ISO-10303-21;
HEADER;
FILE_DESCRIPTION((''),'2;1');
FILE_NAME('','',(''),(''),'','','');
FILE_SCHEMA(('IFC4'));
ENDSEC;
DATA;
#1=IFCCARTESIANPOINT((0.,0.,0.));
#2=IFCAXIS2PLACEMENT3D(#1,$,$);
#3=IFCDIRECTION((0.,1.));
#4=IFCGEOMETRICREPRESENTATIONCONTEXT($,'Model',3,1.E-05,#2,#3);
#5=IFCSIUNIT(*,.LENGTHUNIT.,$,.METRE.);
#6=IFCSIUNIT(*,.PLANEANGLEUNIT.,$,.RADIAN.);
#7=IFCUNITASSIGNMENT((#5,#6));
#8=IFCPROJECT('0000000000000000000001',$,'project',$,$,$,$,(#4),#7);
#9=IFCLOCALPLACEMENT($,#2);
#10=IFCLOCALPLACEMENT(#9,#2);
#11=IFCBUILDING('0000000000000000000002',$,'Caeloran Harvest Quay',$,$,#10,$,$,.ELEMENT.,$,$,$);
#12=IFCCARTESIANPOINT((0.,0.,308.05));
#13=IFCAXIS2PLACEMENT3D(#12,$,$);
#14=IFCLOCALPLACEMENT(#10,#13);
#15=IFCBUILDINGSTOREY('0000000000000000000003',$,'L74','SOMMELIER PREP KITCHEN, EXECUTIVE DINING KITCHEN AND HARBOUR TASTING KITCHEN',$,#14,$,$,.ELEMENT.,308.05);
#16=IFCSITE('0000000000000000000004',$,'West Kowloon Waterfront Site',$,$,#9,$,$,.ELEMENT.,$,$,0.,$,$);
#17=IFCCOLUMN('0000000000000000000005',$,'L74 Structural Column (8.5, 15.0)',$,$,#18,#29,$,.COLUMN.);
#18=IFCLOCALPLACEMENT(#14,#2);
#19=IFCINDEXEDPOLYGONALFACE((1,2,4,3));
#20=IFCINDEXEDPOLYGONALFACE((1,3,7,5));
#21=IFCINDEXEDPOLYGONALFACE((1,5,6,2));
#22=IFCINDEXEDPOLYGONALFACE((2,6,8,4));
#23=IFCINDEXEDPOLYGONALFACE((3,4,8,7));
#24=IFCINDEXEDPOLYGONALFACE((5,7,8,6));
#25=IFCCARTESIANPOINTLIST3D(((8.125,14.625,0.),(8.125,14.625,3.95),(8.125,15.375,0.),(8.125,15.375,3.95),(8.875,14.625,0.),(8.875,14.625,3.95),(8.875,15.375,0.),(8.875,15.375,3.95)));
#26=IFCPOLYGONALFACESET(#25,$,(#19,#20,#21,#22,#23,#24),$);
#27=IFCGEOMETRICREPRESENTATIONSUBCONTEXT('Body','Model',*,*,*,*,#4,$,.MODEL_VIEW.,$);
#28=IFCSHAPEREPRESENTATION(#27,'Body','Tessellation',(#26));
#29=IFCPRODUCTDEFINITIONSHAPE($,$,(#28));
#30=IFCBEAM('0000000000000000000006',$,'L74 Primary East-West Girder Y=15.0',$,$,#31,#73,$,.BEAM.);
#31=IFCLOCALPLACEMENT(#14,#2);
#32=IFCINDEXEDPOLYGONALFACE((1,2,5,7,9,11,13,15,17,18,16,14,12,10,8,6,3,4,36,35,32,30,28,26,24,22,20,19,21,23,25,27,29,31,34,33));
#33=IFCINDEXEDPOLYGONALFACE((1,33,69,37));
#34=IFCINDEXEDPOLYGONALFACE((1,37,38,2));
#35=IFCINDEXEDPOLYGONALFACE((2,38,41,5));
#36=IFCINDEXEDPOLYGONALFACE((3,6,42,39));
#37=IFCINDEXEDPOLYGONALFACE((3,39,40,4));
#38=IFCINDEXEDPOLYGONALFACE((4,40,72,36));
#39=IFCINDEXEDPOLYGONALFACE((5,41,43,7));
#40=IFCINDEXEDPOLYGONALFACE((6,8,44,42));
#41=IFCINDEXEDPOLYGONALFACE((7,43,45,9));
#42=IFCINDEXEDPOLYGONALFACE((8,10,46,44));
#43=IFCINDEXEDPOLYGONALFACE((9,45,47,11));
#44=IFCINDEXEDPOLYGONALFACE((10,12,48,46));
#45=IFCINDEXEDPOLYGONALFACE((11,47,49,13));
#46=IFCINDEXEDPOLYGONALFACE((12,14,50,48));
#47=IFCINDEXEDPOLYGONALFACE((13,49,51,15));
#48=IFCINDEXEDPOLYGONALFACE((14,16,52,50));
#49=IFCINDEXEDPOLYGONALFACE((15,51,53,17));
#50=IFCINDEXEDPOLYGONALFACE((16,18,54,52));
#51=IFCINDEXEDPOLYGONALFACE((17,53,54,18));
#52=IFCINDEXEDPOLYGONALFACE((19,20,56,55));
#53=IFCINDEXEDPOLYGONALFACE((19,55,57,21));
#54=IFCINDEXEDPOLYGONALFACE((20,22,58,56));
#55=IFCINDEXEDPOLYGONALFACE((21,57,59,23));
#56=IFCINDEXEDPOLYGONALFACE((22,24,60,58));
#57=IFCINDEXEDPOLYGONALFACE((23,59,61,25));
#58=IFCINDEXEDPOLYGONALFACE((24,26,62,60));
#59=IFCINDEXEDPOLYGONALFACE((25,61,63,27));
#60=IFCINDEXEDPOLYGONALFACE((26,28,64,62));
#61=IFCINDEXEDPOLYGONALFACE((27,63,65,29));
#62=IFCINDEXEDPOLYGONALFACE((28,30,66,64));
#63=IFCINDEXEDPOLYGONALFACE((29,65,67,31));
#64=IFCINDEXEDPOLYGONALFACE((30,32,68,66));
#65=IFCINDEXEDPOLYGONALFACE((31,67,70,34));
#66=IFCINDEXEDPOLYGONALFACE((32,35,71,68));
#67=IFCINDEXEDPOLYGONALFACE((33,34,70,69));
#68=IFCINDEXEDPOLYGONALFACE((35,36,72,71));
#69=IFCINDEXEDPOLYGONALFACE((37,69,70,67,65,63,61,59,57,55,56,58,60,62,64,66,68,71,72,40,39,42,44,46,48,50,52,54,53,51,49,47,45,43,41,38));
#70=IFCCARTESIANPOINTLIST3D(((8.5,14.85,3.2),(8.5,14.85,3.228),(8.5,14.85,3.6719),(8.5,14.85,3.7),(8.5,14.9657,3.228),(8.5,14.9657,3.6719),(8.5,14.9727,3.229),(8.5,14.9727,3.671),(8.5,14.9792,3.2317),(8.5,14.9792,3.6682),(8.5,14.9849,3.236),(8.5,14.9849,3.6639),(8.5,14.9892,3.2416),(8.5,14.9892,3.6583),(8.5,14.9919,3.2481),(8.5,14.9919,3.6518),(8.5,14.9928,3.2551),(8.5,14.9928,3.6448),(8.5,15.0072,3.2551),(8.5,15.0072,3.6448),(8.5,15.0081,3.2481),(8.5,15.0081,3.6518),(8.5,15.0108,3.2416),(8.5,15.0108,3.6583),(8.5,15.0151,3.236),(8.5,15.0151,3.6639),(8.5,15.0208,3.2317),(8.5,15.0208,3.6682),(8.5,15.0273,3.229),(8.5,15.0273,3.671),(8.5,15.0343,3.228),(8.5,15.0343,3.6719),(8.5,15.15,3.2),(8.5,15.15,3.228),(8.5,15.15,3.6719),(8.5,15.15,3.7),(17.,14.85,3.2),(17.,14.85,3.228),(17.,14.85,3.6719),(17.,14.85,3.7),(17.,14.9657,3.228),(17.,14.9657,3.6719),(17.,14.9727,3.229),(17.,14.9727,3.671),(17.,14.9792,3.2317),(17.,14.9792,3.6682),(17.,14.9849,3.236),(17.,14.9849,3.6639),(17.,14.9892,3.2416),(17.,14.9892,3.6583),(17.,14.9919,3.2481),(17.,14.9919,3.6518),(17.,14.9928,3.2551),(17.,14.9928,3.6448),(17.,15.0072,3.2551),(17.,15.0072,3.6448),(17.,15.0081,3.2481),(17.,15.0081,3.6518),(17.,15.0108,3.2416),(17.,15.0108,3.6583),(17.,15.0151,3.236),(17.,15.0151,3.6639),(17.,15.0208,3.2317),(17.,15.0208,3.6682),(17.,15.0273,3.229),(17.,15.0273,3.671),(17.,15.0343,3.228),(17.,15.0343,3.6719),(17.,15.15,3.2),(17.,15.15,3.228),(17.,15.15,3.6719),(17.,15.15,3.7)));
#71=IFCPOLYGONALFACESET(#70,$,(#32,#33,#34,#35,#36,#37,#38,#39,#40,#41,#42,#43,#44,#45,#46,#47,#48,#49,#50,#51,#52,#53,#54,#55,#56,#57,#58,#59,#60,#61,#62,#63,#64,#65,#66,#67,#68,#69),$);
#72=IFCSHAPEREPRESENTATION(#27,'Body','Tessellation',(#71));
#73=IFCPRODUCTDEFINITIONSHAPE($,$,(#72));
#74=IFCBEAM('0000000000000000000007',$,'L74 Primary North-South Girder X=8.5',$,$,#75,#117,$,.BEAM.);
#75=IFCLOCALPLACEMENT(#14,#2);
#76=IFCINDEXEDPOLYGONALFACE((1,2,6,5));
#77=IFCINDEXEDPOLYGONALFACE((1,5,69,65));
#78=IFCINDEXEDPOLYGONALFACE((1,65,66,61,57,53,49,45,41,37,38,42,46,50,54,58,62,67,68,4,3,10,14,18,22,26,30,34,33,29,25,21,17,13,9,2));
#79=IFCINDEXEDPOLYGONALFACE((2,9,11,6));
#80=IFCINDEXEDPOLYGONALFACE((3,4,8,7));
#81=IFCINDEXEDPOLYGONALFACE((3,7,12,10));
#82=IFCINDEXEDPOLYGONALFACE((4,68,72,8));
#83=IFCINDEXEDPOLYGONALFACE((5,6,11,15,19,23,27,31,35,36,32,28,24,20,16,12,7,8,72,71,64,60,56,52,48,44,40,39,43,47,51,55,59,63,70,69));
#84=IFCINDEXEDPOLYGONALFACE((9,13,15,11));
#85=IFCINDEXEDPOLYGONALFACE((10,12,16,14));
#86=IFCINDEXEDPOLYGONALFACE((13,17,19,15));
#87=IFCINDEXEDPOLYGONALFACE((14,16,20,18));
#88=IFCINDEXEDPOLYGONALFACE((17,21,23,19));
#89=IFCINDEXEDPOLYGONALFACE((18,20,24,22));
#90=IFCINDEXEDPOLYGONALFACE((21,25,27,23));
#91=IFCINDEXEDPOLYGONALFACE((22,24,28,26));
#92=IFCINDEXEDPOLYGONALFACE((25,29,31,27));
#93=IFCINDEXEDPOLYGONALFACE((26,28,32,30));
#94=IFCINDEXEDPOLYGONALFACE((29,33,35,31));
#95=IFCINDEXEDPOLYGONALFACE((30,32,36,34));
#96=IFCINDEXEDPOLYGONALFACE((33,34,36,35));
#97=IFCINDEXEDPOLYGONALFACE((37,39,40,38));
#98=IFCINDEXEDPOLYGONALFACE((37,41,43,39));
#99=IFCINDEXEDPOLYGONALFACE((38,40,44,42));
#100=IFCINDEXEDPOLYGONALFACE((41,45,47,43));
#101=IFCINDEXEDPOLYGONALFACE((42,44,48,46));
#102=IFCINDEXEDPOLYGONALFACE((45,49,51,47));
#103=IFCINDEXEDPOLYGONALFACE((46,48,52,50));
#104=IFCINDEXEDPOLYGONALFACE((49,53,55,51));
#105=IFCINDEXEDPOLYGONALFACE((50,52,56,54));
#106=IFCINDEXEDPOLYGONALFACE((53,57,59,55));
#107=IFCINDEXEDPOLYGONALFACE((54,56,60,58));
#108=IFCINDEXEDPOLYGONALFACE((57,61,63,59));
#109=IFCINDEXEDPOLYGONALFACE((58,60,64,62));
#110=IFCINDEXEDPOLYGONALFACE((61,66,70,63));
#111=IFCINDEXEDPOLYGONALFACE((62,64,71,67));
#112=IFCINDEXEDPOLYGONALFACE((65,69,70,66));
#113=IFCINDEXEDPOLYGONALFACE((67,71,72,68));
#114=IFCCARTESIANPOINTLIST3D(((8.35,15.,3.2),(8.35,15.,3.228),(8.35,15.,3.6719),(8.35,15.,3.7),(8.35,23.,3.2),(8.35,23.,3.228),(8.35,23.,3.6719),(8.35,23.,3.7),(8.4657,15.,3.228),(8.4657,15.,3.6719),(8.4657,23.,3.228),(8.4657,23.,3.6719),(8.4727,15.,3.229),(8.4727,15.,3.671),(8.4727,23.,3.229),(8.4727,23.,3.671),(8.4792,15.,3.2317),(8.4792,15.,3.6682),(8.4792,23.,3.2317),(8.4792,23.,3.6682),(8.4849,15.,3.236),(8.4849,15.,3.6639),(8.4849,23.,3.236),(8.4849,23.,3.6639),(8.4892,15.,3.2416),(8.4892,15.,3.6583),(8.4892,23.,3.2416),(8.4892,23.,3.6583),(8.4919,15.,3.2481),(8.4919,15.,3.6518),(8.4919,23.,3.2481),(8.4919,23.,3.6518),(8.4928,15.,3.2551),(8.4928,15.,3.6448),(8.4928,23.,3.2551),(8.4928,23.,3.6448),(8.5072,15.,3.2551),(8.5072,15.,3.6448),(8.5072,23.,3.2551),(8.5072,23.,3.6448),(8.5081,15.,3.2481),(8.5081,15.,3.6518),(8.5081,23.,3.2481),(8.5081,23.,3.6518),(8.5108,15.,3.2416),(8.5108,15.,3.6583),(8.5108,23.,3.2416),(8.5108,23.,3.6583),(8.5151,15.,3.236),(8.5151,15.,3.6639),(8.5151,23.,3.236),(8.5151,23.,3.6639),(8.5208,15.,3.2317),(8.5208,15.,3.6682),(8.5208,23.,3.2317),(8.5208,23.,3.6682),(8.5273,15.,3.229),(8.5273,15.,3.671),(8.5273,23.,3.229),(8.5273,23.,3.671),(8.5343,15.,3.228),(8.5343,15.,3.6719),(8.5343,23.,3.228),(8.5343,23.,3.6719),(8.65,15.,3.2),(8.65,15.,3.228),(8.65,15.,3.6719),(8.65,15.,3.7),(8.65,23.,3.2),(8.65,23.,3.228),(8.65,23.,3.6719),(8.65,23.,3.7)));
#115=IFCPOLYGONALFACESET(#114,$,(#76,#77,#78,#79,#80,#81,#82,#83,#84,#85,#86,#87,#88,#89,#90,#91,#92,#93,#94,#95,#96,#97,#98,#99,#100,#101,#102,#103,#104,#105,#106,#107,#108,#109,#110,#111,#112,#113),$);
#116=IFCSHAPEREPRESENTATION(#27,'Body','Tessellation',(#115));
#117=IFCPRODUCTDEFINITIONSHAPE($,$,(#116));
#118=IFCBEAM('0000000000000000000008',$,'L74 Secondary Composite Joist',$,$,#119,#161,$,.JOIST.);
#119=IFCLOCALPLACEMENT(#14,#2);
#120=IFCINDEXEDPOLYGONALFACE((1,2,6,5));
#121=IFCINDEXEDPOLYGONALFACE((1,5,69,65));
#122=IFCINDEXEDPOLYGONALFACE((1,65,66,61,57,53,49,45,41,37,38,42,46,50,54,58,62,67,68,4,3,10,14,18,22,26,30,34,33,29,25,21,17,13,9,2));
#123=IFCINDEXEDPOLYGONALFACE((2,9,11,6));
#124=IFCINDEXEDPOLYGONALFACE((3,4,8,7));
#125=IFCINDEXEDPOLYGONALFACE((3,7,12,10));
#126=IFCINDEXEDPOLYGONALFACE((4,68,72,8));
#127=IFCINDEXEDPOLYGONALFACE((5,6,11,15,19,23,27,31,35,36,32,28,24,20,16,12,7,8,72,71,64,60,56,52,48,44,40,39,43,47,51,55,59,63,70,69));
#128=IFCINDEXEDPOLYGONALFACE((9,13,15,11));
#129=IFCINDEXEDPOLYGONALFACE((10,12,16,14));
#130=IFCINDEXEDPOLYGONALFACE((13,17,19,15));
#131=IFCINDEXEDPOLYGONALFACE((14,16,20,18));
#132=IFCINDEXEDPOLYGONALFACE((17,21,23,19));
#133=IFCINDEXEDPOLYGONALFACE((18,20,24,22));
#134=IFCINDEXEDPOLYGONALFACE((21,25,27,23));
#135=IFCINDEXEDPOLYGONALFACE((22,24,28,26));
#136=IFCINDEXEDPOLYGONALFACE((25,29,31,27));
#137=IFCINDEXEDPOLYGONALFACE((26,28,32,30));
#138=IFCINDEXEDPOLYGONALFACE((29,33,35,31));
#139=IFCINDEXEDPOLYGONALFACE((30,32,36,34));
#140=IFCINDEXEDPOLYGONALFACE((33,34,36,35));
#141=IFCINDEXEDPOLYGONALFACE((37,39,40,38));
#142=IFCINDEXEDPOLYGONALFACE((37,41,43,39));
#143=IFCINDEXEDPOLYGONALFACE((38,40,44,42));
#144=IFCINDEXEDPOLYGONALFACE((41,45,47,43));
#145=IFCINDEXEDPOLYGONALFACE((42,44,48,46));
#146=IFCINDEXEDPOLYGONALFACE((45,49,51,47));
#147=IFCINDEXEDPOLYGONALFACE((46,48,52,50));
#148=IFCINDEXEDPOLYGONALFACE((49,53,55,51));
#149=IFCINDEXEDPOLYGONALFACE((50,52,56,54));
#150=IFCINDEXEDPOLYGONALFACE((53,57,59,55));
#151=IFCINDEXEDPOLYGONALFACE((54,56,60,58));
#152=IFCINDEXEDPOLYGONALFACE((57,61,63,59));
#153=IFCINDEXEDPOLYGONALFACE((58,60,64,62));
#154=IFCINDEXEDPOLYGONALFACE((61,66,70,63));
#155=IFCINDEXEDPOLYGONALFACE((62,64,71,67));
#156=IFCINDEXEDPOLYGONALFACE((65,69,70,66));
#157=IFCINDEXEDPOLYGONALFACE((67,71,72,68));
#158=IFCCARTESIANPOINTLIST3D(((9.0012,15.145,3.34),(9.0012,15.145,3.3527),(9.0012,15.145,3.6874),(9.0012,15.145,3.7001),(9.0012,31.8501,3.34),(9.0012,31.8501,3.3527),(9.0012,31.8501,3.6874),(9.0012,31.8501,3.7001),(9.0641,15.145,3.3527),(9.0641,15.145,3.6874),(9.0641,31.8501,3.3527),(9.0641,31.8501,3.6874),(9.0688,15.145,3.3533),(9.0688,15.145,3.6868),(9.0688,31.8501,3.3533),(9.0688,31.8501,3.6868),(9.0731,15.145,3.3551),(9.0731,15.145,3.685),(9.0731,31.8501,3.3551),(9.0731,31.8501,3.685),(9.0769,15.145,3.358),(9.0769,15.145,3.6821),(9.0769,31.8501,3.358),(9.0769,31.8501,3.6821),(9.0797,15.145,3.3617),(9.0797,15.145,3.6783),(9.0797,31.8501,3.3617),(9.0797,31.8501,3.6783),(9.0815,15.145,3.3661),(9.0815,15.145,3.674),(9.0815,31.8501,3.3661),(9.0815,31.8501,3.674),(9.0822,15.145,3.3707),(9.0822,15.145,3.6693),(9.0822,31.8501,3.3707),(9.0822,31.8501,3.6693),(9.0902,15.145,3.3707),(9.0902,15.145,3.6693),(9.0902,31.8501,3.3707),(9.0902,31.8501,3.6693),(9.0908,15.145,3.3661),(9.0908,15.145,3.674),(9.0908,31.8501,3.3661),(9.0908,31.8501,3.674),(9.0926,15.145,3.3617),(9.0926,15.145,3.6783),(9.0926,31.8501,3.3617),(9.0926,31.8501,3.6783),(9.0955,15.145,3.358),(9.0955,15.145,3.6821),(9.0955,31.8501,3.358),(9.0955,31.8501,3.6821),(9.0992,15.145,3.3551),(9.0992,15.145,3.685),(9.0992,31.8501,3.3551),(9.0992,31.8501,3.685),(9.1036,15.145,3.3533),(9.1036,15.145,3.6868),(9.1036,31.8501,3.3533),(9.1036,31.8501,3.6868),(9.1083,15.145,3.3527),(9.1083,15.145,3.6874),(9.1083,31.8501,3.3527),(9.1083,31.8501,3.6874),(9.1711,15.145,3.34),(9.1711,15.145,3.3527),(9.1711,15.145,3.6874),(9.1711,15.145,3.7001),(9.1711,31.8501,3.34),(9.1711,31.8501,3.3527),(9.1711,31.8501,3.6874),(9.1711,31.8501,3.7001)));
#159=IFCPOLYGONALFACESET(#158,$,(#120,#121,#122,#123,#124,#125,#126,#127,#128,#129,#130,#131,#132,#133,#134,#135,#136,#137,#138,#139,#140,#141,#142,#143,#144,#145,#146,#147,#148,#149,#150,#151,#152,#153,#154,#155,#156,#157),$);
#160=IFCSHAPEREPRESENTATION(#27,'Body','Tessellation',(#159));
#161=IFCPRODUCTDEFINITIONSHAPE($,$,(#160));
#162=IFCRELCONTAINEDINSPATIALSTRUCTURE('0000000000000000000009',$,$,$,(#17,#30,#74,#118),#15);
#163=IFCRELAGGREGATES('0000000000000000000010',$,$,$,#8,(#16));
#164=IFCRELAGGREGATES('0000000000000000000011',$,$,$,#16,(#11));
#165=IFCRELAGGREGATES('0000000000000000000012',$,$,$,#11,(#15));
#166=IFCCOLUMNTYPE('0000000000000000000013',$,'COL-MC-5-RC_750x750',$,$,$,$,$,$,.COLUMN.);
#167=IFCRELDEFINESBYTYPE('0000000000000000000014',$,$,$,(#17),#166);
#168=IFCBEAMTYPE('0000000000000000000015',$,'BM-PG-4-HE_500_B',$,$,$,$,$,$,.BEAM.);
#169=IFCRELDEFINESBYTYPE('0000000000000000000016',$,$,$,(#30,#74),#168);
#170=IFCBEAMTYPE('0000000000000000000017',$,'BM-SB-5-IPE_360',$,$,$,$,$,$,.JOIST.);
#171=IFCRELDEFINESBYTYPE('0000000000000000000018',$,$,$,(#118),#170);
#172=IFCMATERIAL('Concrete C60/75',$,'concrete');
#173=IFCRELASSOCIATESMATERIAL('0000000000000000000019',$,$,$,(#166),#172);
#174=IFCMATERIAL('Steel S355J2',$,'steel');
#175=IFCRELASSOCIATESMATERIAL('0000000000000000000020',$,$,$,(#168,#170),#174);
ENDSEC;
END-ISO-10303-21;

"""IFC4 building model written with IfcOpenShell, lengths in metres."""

from ifc_helpers import new_model, si_unit, direction, frame, origin, origin_2d, place, context, subcontext, project, spatial, rectangle, i_section, extrude, material, material_profile, profile_set, type_object, element, save


model = new_model("IFC4")

# Units and contexts
model_context = context("Model", 3, precision=1e-05, world=origin(), true_north=direction((0.0, 1.0)))
body_context = subcontext(model_context, "Body", "Model", "MODEL_VIEW")
ifc_project = project(units=[si_unit("LENGTHUNIT", "METRE"), si_unit("PLANEANGLEUNIT", "RADIAN")], contexts=[model_context])

# Site, building, storey
site_placement = place(None, origin())
site = spatial("IfcSite", under=ifc_project, at=site_placement, Name="West Kowloon Waterfront Site", CompositionType="ELEMENT", RefElevation=0.0)
building_placement = place(site_placement, origin())
building = spatial("IfcBuilding", under=site, at=building_placement, Name="Caeloran Harvest Quay", CompositionType="ELEMENT")
storey_placement = place(building_placement, frame((0.0, 0.0, 308.05)))
storey = spatial("IfcBuildingStorey", under=building, at=storey_placement, Name="L74", Description="SOMMELIER PREP KITCHEN, EXECUTIVE DINING KITCHEN AND HARBOUR TASTING KITCHEN", CompositionType="ELEMENT", Elevation=308.05)

# Column
ifc_material_1 = material(Name="Concrete C60/75", Category="concrete")
ifc_material_profile_1 = material_profile(ifc_material_1, rectangle(XDim=0.75, YDim=0.75, at=origin_2d()), Name="RC 750x750")
ifc_profile_set_1 = profile_set([ifc_material_profile_1], Name="Concrete C60/75")
column_type = type_object("IfcColumnType", Name="COL-MC-5-RC_750x750", PredefinedType="COLUMN", material=ifc_profile_set_1)
column_placement = place(storey_placement, frame((8.5, 15.0, 0.0), z_axis=(0.0, 0.0, 1.0), x_axis=(1.0, 0.0, 0.0)))
element("IfcColumn", 1, at=column_placement, inside=storey, type_object=column_type, Name="L74 Structural Column (8.5, 15.0)", PredefinedType="COLUMN", context=body_context, shape_type="SweptSolid", body=[
    extrude(rectangle(XDim=0.75, YDim=0.75, at=origin_2d()), origin(), (0.0, 0.0, 1.0), 3.95),
])

# Beams
ifc_material_2 = material(Name="Steel S355J2", Category="steel")
ifc_material_profile_2 = material_profile(ifc_material_2, i_section(OverallWidth=0.3, OverallDepth=0.5, WebThickness=0.0144, FlangeThickness=0.0281, FilletRadius=0.0271, at=origin_2d()), Name="HE 500 B")
ifc_profile_set_2 = profile_set([ifc_material_profile_2], Name="Steel S355J2")
beam_type_1 = type_object("IfcBeamType", Name="BM-PG-4-HE_500_B", PredefinedType="BEAM", material=ifc_profile_set_2)
beam_1_placement = place(storey_placement, frame((8.5, 15.0, 3.45), z_axis=(1.0, 0.0, 0.0), x_axis=(0.0, 1.0, 0.0)))
element("IfcBeam", 2, at=beam_1_placement, inside=storey, type_object=beam_type_1, Name="L74 Primary East-West Girder Y=15.0", PredefinedType="BEAM", context=body_context, shape_type="SweptSolid", body=[
    extrude(i_section(OverallWidth=0.3, OverallDepth=0.5, WebThickness=0.0144, FlangeThickness=0.0281, FilletRadius=0.0271, at=origin_2d()), origin(), (0.0, 0.0, 1.0), 8.5),
])
beam_2_placement = place(storey_placement, frame((8.5, 15.0, 3.45), z_axis=(0.0, 1.0, 0.0), x_axis=(-1.0, 0.0, 0.0)))
element("IfcBeam", 3, at=beam_2_placement, inside=storey, type_object=beam_type_1, Name="L74 Primary North-South Girder X=8.5", PredefinedType="BEAM", context=body_context, shape_type="SweptSolid", body=[
    extrude(i_section(OverallWidth=0.3, OverallDepth=0.5, WebThickness=0.0144, FlangeThickness=0.0281, FilletRadius=0.0271, at=origin_2d()), origin(), (0.0, 0.0, 1.0), 8.0),
])
ifc_material_profile_3 = material_profile(ifc_material_2, i_section(OverallWidth=0.1699, OverallDepth=0.3601, WebThickness=0.0081, FlangeThickness=0.0127, FilletRadius=0.0181, at=origin_2d()), Name="IPE 360")
ifc_profile_set_3 = profile_set([ifc_material_profile_3], Name="Steel S355J2")
beam_type_2 = type_object("IfcBeamType", Name="BM-SB-5-IPE_360", PredefinedType="JOIST", material=ifc_profile_set_3)
for number, where, z_axis, x_axis, name in (
    (4, (9.0862, 15.145, 3.52), (0.0, 1.0, 0.0), (-1.0, 0.0, 0.0), "L74 Secondary Composite Joist"),
):
    element("IfcBeam", number, at=place(storey_placement, frame(where, z_axis=z_axis, x_axis=x_axis)), inside=storey, type_object=beam_type_2, Name=name, PredefinedType="JOIST", context=body_context, shape_type="SweptSolid", body=[
        extrude(i_section(OverallWidth=0.1699, OverallDepth=0.3601, WebThickness=0.0081, FlangeThickness=0.0127, FilletRadius=0.0181, at=origin_2d()), origin(), (0.0, 0.0, 1.0), 16.7051),
    ])

save(model, "model.ifc")
